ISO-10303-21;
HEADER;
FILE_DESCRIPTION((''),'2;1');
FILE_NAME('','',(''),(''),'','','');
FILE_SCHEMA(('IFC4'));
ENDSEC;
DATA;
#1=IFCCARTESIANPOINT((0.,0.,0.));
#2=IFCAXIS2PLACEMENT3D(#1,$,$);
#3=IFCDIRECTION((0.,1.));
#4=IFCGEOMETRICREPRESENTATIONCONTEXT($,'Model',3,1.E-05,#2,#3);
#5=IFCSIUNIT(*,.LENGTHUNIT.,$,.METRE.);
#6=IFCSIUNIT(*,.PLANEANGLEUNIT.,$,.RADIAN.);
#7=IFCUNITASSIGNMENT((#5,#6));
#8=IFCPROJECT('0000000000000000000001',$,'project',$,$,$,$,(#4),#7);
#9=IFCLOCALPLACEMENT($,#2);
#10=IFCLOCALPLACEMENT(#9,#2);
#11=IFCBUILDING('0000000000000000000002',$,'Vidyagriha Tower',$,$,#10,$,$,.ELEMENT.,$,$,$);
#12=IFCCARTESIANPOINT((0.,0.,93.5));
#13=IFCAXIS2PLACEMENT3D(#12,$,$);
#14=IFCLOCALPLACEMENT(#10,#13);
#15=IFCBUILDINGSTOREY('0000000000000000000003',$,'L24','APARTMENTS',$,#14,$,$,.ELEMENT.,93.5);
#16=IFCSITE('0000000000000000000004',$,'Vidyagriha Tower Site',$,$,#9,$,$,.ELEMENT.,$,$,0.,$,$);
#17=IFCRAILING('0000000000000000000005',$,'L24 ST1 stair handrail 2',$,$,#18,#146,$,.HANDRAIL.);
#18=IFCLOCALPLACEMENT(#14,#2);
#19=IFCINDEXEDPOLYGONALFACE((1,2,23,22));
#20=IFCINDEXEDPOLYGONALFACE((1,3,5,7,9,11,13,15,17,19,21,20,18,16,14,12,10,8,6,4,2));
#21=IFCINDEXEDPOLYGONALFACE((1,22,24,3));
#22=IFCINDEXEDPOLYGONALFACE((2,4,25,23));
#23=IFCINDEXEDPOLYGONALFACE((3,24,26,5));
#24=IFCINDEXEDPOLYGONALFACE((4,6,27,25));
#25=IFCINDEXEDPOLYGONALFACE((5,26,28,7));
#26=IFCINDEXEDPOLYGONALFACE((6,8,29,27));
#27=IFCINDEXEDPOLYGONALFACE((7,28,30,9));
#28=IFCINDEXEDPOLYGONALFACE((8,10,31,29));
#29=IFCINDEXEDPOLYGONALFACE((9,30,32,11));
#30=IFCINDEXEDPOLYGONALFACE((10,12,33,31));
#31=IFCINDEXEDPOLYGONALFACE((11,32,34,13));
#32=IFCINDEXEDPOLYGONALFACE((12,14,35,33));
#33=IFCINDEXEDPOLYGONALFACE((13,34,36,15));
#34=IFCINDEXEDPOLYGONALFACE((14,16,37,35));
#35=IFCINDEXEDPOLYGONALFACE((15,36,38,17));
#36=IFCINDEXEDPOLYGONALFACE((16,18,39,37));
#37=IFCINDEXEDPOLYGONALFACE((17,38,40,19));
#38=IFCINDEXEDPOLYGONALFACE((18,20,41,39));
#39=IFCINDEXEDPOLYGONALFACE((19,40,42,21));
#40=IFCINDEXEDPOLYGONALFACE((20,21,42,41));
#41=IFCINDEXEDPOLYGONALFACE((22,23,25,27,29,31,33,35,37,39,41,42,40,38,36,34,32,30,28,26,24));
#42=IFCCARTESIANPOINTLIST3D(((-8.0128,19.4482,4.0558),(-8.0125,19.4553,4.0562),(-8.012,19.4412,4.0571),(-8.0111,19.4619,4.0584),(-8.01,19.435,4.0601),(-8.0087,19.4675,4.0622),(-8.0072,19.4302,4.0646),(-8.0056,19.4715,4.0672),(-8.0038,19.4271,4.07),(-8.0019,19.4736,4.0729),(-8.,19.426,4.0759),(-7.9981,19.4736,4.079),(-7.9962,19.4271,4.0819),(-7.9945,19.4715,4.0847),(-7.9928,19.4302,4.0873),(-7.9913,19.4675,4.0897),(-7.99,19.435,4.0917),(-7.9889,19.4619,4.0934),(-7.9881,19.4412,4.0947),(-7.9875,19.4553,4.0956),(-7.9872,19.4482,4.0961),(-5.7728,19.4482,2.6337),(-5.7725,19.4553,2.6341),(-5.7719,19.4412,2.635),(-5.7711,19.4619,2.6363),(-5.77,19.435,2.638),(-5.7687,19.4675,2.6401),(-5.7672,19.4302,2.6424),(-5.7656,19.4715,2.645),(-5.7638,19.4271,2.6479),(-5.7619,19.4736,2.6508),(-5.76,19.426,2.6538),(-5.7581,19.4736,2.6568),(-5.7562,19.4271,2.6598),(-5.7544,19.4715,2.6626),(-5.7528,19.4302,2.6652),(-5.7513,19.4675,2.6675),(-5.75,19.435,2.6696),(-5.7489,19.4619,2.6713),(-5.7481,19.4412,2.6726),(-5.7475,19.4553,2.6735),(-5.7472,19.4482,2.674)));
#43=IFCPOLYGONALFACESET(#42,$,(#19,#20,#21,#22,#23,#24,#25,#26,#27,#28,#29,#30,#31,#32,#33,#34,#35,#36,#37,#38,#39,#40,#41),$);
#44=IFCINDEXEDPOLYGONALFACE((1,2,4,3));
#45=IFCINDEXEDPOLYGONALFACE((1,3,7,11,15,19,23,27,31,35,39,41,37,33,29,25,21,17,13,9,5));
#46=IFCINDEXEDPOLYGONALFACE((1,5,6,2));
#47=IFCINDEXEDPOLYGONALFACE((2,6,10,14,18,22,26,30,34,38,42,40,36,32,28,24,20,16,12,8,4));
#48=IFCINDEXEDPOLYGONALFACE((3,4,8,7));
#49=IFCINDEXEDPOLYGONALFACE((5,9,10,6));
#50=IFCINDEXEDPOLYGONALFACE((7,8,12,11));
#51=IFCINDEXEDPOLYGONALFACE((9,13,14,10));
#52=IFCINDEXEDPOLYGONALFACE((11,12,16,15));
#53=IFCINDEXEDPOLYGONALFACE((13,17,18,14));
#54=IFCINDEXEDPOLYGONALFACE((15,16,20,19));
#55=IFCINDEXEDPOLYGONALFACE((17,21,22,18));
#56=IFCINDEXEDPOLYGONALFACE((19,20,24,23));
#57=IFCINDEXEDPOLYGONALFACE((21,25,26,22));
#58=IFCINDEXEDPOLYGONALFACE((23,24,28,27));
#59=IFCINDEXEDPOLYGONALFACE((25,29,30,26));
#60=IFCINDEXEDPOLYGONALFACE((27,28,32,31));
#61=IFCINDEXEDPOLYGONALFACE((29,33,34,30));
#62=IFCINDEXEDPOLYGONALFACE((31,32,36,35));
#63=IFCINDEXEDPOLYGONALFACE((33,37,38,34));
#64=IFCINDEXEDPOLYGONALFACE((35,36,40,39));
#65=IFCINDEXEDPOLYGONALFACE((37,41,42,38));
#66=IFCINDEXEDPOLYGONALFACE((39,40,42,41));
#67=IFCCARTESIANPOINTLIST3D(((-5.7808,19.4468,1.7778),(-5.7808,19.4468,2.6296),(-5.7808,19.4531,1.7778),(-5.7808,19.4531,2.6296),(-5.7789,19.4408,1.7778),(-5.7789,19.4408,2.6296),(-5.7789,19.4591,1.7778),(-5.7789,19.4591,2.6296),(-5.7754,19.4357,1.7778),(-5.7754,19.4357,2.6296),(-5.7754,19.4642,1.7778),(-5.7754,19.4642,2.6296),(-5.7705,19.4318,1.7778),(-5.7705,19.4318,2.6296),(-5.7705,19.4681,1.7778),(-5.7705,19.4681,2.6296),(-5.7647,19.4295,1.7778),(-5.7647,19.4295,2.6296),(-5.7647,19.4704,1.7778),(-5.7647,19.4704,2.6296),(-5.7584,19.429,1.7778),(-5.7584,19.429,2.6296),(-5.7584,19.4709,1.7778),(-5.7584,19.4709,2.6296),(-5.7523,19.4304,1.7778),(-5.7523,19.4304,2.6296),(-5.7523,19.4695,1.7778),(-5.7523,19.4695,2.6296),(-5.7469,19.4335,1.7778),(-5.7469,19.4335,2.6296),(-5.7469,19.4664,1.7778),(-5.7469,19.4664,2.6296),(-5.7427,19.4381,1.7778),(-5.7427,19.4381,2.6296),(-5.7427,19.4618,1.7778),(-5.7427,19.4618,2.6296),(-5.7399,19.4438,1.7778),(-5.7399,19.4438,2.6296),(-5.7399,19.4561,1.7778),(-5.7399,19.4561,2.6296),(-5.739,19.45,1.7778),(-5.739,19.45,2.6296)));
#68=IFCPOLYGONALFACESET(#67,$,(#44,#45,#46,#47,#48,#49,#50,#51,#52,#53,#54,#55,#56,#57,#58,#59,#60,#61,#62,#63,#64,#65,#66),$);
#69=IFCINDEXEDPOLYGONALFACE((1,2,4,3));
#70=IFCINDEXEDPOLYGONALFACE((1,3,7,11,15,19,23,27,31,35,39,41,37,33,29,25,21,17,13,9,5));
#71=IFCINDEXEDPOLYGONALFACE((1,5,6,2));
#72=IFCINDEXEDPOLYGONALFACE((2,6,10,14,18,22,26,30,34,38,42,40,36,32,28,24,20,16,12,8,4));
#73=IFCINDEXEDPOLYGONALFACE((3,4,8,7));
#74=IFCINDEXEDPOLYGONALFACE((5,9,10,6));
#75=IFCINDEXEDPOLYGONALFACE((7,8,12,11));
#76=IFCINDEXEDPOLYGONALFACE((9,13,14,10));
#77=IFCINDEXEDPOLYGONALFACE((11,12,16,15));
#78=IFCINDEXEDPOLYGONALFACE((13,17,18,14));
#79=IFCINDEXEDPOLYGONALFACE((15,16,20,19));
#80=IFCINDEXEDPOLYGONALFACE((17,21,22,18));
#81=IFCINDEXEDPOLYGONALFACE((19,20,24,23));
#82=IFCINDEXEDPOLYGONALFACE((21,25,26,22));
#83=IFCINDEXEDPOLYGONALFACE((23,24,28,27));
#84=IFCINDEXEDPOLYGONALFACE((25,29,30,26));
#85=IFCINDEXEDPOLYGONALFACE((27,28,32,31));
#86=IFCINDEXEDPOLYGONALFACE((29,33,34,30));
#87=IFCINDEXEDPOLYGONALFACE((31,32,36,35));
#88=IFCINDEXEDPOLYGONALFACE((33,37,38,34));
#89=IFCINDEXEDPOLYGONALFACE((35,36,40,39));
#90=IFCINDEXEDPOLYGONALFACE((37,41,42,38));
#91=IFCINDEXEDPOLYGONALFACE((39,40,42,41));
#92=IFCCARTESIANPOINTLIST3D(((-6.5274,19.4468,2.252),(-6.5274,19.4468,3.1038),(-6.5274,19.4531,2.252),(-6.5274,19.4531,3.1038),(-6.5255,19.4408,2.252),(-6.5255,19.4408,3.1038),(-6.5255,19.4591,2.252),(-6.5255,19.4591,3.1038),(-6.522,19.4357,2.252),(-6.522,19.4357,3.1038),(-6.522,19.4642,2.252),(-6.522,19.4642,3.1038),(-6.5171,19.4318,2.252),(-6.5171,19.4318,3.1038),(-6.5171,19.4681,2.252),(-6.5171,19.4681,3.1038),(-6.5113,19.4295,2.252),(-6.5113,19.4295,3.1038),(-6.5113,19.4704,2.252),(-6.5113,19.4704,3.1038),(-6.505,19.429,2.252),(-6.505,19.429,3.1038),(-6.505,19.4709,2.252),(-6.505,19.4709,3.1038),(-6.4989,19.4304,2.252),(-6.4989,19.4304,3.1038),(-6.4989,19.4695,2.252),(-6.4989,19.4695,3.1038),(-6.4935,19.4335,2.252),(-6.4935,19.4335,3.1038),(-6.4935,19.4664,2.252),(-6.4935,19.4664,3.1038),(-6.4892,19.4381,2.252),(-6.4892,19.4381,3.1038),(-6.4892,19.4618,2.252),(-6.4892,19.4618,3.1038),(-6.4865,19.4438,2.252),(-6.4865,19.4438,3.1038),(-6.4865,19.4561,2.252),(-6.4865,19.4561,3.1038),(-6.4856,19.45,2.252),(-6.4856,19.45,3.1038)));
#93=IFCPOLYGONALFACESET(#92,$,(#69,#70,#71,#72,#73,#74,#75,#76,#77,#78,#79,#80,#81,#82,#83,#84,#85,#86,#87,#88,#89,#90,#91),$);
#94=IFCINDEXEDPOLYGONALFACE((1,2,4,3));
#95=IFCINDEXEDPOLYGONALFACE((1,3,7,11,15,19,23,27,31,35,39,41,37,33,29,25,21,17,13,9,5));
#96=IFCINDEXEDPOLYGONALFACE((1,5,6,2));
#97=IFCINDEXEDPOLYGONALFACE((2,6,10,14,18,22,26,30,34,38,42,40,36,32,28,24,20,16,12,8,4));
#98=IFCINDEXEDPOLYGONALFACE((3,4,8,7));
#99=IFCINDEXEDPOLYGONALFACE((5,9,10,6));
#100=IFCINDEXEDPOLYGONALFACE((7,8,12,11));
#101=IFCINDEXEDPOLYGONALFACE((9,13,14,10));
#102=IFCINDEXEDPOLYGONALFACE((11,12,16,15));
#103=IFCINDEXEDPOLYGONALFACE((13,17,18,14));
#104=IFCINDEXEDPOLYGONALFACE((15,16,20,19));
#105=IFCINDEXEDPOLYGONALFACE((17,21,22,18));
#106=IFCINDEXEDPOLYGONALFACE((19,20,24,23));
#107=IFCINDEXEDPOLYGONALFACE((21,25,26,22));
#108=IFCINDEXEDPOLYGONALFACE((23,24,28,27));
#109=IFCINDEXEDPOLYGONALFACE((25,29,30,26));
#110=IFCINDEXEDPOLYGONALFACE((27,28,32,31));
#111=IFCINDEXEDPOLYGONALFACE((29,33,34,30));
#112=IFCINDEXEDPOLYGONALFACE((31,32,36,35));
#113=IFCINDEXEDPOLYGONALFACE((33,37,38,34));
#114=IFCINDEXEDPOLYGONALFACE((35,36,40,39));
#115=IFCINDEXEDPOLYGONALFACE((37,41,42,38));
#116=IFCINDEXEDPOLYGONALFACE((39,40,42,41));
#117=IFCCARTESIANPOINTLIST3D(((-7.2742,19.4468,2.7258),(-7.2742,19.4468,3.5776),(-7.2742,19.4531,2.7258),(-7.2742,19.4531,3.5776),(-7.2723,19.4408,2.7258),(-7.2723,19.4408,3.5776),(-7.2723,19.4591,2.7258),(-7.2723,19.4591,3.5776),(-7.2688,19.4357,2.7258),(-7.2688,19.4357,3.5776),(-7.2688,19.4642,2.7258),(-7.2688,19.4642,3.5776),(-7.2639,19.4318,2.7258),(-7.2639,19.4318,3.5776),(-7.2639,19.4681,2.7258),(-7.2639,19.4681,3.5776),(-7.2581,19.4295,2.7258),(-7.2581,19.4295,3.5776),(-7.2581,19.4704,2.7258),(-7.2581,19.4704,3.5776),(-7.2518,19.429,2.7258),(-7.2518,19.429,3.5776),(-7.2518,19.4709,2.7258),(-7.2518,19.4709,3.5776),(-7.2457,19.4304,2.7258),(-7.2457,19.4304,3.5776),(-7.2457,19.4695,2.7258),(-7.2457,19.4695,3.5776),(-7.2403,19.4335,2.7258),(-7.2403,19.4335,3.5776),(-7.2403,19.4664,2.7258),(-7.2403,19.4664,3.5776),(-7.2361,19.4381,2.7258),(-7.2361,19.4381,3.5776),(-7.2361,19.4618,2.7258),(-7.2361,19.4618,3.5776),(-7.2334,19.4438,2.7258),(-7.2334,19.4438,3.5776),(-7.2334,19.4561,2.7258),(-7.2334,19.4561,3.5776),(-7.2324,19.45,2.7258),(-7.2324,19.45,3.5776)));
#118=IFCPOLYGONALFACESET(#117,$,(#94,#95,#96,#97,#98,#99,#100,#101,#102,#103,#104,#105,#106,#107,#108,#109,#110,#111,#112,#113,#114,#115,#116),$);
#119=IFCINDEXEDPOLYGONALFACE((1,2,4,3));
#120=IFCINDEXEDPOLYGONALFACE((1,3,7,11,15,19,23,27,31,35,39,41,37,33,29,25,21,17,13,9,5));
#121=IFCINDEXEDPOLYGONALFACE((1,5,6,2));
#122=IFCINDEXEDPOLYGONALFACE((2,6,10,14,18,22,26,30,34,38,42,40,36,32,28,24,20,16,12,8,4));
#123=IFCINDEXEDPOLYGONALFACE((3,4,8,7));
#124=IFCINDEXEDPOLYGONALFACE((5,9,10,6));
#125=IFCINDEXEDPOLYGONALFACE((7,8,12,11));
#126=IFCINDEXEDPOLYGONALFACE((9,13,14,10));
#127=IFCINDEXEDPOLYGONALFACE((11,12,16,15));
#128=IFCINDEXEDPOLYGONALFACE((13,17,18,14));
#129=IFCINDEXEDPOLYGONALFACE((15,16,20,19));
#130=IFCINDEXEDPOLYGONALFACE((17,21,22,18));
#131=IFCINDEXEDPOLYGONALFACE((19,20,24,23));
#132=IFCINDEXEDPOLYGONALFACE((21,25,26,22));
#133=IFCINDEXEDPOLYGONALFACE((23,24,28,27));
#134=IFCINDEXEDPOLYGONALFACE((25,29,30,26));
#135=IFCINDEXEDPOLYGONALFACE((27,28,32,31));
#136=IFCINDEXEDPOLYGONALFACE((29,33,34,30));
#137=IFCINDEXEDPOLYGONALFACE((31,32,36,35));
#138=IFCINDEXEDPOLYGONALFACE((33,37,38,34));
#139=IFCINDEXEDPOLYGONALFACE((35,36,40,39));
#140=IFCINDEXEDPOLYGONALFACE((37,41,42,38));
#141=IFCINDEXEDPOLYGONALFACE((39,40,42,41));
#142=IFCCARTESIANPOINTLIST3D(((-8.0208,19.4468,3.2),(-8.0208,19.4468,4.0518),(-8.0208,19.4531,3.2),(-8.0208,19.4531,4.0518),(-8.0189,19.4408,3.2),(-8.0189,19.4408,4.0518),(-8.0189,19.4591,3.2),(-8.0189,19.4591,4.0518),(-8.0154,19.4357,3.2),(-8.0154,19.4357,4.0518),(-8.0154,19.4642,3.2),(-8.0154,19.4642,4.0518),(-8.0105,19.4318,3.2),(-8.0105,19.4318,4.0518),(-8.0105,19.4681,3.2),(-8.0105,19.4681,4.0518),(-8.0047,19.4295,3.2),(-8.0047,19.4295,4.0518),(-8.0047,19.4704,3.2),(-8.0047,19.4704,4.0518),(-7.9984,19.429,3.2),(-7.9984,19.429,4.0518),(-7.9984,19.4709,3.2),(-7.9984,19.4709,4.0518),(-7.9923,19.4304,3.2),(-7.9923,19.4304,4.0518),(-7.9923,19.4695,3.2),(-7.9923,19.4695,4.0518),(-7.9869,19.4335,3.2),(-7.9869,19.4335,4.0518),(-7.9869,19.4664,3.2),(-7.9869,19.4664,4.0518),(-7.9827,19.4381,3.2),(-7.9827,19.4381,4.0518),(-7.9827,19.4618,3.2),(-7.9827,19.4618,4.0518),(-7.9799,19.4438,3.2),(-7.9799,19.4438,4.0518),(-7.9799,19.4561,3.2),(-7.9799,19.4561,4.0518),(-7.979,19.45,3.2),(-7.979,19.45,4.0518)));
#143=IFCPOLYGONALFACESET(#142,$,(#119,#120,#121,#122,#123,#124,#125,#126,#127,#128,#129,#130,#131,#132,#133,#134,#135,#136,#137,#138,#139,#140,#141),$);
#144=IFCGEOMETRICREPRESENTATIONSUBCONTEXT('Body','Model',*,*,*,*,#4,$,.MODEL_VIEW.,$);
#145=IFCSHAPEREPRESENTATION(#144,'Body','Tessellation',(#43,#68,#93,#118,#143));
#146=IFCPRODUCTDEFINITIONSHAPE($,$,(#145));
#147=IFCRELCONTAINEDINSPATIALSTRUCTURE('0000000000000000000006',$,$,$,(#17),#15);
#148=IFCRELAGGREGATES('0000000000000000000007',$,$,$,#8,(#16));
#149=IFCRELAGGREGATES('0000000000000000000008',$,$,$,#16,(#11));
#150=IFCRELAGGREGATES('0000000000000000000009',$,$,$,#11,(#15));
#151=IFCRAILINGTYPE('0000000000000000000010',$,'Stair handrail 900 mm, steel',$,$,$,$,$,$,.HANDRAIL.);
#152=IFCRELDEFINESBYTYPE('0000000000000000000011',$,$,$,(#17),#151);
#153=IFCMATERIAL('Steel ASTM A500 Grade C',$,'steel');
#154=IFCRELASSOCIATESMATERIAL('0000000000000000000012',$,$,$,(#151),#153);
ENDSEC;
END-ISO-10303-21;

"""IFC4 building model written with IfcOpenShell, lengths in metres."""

from ifc_helpers import new_model, si_unit, direction, frame, origin, origin_2d, place, context, subcontext, project, spatial, circle, extrude, material, type_object, element, save


model = new_model("IFC4")

# Units and contexts
model_context = context("Model", 3, precision=1e-05, world=origin(), true_north=direction((0.0, 1.0)))
body_context = subcontext(model_context, "Body", "Model", "MODEL_VIEW")
ifc_project = project(units=[si_unit("LENGTHUNIT", "METRE"), si_unit("PLANEANGLEUNIT", "RADIAN")], contexts=[model_context])

# Site, building, storey
site_placement = place(None, origin())
site = spatial("IfcSite", under=ifc_project, at=site_placement, Name="Vidyagriha Tower Site", CompositionType="ELEMENT", RefElevation=0.0)
building_placement = place(site_placement, origin())
building = spatial("IfcBuilding", under=site, at=building_placement, Name="Vidyagriha Tower", CompositionType="ELEMENT")
storey_placement = place(building_placement, frame((0.0, 0.0, 93.5)))
storey = spatial("IfcBuildingStorey", under=building, at=storey_placement, Name="L24", Description="APARTMENTS", CompositionType="ELEMENT", Elevation=93.5)

# Railing
ifc_material_1 = material(Name="Steel ASTM A500 Grade C", Category="steel")
railing_type_1 = type_object("IfcRailingType", Name="Stair handrail 900 mm, steel", PredefinedType="HANDRAIL", material=ifc_material_1)
railing_1_placement = place(storey_placement, frame((-5.76, 19.45, 1.7778)))
element("IfcRailing", 1, at=railing_1_placement, inside=storey, type_object=railing_type_1, Name="L24 ST1 stair handrail 2", PredefinedType="HANDRAIL", context=body_context, shape_type="SweptSolid", body=[
    extrude(circle(Radius=0.0239, at=origin_2d()), frame((0.0, 0.0, 0.876), z_axis=(-0.844229, 0.0, 0.535982), x_axis=(0.0, -1.0, 0.0)), (0.0, 0.0, 1.0), 2.6533),
    extrude(circle(Radius=0.021, at=origin_2d()), origin(), (0.0, 0.0, 1.0), 0.8518),
    extrude(circle(Radius=0.021, at=origin_2d()), frame((-0.7466, 0.0, 0.4741)), (0.0, 0.0, 1.0), 0.8518),
    extrude(circle(Radius=0.021, at=origin_2d()), frame((-1.4934, 0.0, 0.948)), (0.0, 0.0, 1.0), 0.8518),
    extrude(circle(Radius=0.021, at=origin_2d()), frame((-2.24, 0.0, 1.4221)), (0.0, 0.0, 1.0), 0.8518),
])

save(model, "model.ifc")
